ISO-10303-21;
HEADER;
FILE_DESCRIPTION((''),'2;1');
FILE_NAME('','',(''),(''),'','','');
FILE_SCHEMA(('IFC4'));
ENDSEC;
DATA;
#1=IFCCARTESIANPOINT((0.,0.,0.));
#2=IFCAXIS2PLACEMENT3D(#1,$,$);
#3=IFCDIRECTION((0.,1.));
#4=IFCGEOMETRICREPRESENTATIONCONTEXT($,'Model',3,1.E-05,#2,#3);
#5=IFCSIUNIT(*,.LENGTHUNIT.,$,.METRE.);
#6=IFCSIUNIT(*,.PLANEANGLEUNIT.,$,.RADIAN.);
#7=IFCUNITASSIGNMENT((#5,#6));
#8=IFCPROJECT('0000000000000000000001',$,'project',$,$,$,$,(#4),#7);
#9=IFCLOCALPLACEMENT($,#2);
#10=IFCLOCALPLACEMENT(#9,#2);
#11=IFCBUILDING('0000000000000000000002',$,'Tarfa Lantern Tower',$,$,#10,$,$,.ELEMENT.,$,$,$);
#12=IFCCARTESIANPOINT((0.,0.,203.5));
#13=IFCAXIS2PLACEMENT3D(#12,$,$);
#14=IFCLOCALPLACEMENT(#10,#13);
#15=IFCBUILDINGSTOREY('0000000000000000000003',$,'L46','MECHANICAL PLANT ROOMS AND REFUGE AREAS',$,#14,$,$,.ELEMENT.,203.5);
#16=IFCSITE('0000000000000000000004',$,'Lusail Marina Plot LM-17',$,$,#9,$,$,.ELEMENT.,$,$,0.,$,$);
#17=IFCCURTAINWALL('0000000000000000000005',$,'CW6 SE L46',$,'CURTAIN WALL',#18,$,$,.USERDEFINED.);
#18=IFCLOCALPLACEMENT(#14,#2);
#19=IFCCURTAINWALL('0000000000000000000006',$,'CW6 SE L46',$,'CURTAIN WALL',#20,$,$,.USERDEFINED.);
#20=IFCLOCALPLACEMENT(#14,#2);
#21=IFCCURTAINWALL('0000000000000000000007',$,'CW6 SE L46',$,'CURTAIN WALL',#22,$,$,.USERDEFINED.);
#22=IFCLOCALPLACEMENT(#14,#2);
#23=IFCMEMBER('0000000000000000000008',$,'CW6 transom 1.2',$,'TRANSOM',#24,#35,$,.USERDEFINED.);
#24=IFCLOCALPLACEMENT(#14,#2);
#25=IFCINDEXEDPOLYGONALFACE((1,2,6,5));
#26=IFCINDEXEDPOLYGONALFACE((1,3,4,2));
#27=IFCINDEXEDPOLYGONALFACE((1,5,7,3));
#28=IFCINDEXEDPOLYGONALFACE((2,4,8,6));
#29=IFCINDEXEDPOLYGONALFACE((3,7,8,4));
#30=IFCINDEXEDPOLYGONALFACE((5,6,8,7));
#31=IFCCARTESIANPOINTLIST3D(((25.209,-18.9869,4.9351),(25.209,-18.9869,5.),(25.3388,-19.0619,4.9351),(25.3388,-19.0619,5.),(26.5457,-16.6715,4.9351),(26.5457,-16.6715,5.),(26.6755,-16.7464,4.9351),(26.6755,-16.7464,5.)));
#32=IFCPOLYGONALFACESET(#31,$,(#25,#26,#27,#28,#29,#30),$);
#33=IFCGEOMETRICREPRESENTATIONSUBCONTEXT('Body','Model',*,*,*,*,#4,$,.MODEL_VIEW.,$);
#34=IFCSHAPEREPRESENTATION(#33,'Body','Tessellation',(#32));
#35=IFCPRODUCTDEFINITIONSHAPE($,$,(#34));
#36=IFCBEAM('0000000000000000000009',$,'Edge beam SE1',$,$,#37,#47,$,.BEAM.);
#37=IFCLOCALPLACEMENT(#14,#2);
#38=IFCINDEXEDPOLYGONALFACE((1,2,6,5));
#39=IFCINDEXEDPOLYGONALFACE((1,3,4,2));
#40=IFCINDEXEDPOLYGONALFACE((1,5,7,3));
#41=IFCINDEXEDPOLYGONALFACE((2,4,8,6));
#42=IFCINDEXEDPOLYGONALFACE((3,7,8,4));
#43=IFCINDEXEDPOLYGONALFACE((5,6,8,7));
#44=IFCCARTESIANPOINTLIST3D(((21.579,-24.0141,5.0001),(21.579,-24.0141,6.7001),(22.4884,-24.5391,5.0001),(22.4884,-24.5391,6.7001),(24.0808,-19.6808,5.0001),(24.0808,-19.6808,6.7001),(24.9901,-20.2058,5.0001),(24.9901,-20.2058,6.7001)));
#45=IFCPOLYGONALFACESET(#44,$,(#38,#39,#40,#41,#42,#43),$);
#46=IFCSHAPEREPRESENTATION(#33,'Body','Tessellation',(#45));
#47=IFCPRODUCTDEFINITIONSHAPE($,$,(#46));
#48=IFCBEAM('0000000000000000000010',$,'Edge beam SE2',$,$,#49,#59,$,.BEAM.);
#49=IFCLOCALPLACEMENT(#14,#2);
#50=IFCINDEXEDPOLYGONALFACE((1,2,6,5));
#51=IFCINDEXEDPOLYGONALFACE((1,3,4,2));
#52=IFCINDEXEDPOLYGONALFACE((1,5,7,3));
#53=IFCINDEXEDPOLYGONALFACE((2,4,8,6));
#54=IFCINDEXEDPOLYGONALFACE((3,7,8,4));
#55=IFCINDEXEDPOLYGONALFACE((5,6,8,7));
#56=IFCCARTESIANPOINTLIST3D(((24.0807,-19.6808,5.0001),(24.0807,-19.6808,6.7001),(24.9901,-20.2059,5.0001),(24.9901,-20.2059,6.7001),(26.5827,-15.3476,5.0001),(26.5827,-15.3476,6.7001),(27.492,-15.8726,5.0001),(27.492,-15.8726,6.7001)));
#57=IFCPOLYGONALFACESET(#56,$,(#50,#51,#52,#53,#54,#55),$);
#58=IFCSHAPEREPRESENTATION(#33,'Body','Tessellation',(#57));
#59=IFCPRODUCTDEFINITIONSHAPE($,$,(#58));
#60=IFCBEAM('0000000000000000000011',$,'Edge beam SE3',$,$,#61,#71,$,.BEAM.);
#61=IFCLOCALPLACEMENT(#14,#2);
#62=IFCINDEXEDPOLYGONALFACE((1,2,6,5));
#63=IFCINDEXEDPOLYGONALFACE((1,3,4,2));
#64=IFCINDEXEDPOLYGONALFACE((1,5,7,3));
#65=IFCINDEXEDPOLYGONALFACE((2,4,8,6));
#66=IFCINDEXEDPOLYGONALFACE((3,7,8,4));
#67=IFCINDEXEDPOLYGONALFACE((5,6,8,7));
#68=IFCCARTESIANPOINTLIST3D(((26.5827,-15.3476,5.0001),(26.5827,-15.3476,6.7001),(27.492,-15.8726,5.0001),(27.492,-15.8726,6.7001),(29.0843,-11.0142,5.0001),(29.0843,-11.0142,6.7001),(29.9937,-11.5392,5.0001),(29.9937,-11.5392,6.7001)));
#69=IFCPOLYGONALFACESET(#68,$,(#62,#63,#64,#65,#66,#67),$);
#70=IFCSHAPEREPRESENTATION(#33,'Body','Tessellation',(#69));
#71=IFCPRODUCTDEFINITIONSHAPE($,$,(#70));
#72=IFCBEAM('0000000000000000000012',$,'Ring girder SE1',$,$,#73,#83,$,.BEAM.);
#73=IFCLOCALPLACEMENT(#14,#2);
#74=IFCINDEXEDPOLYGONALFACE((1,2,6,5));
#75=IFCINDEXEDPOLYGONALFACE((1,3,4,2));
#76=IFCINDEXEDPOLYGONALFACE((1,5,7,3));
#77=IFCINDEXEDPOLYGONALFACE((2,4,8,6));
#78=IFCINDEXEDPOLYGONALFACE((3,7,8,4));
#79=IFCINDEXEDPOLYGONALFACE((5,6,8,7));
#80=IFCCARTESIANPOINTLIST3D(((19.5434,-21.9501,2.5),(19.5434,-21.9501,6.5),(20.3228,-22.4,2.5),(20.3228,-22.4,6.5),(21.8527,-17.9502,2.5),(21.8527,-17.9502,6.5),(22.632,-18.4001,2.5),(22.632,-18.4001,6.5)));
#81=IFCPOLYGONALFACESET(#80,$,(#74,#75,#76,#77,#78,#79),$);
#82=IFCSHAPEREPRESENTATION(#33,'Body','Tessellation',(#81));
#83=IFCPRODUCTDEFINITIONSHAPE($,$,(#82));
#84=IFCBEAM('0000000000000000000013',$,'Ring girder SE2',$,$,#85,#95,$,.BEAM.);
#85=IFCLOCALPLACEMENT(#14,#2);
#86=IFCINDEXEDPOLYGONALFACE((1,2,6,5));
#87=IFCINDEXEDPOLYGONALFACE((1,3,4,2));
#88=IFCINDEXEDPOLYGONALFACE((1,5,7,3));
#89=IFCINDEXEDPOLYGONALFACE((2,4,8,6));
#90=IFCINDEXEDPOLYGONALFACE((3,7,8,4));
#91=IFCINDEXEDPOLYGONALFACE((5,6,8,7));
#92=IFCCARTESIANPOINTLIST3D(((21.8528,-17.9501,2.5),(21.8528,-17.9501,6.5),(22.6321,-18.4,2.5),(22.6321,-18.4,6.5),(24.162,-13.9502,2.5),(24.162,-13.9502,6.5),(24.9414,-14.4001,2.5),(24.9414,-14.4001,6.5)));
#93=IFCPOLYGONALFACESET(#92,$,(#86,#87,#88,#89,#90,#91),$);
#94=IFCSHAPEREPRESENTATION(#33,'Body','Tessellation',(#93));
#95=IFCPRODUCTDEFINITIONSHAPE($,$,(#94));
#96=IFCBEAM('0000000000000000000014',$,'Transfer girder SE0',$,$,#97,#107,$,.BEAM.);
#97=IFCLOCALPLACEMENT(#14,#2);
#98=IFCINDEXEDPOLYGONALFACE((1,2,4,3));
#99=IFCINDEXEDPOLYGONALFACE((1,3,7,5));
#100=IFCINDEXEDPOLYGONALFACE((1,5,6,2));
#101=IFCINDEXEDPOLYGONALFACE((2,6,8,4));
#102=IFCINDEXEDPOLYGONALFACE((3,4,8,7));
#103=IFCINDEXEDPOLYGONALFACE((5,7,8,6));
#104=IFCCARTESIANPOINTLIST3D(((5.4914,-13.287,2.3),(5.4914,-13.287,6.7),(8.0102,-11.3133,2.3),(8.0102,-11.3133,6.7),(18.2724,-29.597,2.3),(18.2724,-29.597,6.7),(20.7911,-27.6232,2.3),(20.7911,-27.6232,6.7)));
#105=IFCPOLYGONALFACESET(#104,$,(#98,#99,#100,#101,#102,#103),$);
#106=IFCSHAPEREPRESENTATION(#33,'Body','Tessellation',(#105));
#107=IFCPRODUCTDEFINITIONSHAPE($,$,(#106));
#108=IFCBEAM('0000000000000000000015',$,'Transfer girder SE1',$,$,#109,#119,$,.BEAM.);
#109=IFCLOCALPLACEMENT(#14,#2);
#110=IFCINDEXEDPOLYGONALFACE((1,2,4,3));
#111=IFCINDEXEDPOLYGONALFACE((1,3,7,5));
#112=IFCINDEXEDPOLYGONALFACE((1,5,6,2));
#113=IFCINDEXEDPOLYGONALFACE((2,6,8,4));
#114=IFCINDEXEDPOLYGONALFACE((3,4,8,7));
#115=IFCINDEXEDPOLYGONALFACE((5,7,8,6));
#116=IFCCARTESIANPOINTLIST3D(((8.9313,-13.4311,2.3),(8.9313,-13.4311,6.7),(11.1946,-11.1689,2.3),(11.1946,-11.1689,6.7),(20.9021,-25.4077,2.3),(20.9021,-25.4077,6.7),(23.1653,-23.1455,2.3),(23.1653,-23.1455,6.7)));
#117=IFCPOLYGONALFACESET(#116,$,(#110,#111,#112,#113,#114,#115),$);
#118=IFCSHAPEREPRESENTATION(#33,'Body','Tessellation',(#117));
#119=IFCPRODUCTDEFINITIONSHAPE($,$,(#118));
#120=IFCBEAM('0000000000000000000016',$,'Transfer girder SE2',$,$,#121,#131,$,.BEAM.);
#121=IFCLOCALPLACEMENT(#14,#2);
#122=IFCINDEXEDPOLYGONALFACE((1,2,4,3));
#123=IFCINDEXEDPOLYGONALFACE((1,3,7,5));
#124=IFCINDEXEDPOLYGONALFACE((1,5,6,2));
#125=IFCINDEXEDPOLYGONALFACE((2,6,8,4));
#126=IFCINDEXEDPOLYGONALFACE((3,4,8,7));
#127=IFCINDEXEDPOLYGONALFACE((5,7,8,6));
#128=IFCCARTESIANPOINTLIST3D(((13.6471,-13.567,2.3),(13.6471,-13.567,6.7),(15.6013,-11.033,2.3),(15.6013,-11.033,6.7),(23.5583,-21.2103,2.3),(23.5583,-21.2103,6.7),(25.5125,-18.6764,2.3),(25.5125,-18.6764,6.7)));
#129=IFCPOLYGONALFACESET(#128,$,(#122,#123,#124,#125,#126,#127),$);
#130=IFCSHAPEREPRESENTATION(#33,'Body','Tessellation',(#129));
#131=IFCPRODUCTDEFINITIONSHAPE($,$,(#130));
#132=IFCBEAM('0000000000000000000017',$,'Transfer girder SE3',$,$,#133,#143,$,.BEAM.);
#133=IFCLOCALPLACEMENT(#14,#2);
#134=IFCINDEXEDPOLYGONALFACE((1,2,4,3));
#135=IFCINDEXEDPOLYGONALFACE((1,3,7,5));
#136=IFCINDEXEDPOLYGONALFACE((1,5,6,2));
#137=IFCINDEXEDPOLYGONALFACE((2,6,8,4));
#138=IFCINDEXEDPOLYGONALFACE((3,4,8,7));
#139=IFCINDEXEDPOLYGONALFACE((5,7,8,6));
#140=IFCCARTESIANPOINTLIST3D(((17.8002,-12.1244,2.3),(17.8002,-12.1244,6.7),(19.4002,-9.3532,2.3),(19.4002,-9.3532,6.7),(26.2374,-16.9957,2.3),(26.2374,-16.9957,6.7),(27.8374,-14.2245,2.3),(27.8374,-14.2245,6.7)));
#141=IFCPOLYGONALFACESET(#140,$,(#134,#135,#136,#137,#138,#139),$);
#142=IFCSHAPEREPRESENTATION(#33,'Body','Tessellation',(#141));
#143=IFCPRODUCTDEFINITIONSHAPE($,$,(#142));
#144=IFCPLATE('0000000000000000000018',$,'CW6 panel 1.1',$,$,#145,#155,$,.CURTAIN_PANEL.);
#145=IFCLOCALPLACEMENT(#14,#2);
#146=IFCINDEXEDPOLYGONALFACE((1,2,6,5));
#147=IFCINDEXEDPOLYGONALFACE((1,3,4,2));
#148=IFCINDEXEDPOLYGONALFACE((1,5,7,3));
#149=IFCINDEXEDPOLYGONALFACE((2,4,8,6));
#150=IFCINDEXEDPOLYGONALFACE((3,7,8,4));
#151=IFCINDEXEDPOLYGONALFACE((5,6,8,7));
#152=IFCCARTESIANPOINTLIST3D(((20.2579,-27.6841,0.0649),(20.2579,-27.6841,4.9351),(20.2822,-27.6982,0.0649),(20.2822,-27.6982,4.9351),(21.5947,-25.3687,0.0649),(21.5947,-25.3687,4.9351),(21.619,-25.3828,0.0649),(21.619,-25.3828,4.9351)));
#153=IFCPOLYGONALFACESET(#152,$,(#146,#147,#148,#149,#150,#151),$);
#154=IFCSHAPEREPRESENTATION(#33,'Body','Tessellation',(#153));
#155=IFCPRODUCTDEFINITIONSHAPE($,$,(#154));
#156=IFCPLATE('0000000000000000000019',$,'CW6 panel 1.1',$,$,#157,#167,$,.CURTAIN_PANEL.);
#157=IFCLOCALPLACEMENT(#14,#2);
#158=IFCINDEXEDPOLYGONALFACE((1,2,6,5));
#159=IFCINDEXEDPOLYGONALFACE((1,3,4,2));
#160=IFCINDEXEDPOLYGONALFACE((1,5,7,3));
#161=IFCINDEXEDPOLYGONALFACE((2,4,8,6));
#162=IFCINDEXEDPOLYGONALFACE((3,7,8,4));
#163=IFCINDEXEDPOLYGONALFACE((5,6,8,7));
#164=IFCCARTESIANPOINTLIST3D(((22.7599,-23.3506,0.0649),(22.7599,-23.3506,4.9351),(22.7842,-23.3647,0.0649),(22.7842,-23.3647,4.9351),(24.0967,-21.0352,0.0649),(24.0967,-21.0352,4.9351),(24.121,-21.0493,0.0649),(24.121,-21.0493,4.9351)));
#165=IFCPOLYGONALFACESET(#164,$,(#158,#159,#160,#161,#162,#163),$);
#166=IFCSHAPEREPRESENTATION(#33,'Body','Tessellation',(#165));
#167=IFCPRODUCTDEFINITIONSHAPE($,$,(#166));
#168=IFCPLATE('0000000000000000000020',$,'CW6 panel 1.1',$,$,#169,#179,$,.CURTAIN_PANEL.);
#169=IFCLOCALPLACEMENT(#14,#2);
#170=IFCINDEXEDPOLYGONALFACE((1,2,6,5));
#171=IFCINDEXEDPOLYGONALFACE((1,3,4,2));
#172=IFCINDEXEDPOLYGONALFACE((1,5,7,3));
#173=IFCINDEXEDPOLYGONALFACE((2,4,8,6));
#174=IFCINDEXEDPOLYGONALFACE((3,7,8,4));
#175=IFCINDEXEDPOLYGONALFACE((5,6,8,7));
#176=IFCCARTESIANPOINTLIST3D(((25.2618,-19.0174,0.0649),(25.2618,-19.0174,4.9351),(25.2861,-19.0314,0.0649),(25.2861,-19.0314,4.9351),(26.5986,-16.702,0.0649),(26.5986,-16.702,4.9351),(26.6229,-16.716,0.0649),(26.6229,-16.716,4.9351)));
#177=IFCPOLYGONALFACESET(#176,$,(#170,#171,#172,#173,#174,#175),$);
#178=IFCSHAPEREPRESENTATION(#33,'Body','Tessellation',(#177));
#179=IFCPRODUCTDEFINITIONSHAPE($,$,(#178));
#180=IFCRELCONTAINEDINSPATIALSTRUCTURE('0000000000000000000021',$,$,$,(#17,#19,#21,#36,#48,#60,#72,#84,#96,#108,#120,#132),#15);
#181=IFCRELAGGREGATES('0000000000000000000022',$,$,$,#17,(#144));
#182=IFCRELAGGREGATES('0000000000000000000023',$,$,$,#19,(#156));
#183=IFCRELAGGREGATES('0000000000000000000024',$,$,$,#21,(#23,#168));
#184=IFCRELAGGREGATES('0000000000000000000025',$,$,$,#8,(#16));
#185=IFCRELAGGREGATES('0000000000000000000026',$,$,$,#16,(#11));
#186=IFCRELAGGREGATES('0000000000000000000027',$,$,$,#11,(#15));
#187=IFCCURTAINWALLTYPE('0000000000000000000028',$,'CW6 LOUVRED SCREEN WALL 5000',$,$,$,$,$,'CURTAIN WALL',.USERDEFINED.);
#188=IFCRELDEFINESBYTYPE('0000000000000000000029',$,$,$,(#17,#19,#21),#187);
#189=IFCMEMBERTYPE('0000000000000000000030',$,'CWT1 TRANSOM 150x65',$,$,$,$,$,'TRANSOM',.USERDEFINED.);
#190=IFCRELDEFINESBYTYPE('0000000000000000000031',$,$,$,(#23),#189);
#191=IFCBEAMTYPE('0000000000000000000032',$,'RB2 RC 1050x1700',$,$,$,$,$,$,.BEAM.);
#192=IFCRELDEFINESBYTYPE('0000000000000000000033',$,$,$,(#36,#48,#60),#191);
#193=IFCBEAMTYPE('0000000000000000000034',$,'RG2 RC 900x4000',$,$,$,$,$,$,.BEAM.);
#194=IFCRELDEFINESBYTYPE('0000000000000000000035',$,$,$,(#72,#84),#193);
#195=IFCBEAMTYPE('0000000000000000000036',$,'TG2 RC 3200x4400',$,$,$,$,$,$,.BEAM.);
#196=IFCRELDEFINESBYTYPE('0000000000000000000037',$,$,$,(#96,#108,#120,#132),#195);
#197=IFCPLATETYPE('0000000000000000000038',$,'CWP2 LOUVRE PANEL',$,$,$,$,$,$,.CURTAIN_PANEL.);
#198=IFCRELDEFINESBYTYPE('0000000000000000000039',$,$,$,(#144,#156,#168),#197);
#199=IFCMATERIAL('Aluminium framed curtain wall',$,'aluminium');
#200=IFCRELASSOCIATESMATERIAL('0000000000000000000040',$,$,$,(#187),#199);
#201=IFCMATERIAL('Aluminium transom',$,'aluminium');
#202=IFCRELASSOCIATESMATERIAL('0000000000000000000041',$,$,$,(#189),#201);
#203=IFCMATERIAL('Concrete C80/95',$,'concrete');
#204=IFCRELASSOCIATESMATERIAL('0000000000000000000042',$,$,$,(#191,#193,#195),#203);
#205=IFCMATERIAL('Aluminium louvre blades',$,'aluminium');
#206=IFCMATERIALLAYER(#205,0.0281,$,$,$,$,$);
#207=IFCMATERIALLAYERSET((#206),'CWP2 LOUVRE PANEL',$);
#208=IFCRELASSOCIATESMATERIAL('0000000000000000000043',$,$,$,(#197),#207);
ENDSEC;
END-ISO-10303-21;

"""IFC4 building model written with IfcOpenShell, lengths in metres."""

from ifc_helpers import new_model, si_unit, direction, frame, origin, origin_2d, place, context, subcontext, project, spatial, rectangle, extrude, material, layer, layer_set, material_profile, profile_set, type_object, element, aggregate, save


model = new_model("IFC4")

# Units and contexts
model_context = context("Model", 3, precision=1e-05, world=origin(), true_north=direction((0.0, 1.0)))
body_context = subcontext(model_context, "Body", "Model", "MODEL_VIEW")
ifc_project = project(units=[si_unit("LENGTHUNIT", "METRE"), si_unit("PLANEANGLEUNIT", "RADIAN")], contexts=[model_context])

# Site, building, storey
site_placement = place(None, origin())
site = spatial("IfcSite", under=ifc_project, at=site_placement, Name="Lusail Marina Plot LM-17", CompositionType="ELEMENT", RefElevation=0.0)
building_placement = place(site_placement, origin())
building = spatial("IfcBuilding", under=site, at=building_placement, Name="Tarfa Lantern Tower", CompositionType="ELEMENT")
storey_placement = place(building_placement, frame((0.0, 0.0, 203.5)))
storey = spatial("IfcBuildingStorey", under=building, at=storey_placement, Name="L46", Description="MECHANICAL PLANT ROOMS AND REFUGE AREAS", CompositionType="ELEMENT", Elevation=203.5)

# Shared definitions
ifc_material_1 = material(Name="Concrete C80/95", Category="concrete")

# Curtain walls
ifc_material_2 = material(Name="Aluminium framed curtain wall", Category="aluminium")
curtain_wall_type = type_object("IfcCurtainWallType", Name="CW6 LOUVRED SCREEN WALL 5000", ElementType="CURTAIN WALL", PredefinedType="USERDEFINED", material=ifc_material_2)
curtain_wall_1_placement = place(storey_placement, origin())
curtain_wall_1 = element("IfcCurtainWall", 1, at=curtain_wall_1_placement, inside=storey, type_object=curtain_wall_type, Name="CW6 SE L46", ObjectType="CURTAIN WALL", PredefinedType="USERDEFINED")
curtain_wall_2_placement = place(storey_placement, origin())
curtain_wall_2 = element("IfcCurtainWall", 2, at=curtain_wall_2_placement, inside=storey, type_object=curtain_wall_type, Name="CW6 SE L46", ObjectType="CURTAIN WALL", PredefinedType="USERDEFINED")
curtain_wall_3_placement = place(storey_placement, origin())
curtain_wall_3 = element("IfcCurtainWall", 3, at=curtain_wall_3_placement, inside=storey, type_object=curtain_wall_type, Name="CW6 SE L46", ObjectType="CURTAIN WALL", PredefinedType="USERDEFINED")

# Member
ifc_material_3 = material(Name="Aluminium transom", Category="aluminium")
ifc_material_profile_1 = material_profile(ifc_material_3, rectangle(XDim=0.1499, YDim=0.0649, at=origin_2d()), Name="AL TRANSOM 150x65")
ifc_profile_set_1 = profile_set([ifc_material_profile_1], Name="Aluminium transom")
member_type_1 = type_object("IfcMemberType", Name="CWT1 TRANSOM 150x65", ElementType="TRANSOM", PredefinedType="USERDEFINED", material=ifc_profile_set_1)
member_1_placement = place(storey_placement, frame((25.2739, -19.0244, 4.9675), z_axis=(0.49996, 0.866049, 0.0), x_axis=(-0.866049, 0.49996, 0.0)))
member_1 = element("IfcMember", 4, at=member_1_placement, type_object=member_type_1, Name="CW6 transom 1.2", ObjectType="TRANSOM", PredefinedType="USERDEFINED", context=body_context, shape_type="SweptSolid", body=[
    extrude(rectangle(XDim=0.1499, YDim=0.0649, at=origin_2d()), origin(), (0.0, 0.0, 1.0), 2.6736),
])

# Beams
ifc_material_profile_2 = material_profile(ifc_material_1, rectangle(XDim=1.05, YDim=1.7, at=origin_2d()), Name="RC 1050x1700")
ifc_profile_set_2 = profile_set([ifc_material_profile_2], Name="Concrete C80/95")
beam_type_1 = type_object("IfcBeamType", Name="RB2 RC 1050x1700", PredefinedType="BEAM", material=ifc_profile_set_2)
for number, where, z_axis, x_axis, name in (
    (5, (22.0337, -24.2766, 5.8501), (0.499986, 0.866034, 0.0), (-0.866034, 0.499986, 0.0), "Edge beam SE1"),
    (6, (24.5354, -19.9434, 5.8501), (0.500022, 0.866013, 0.0), (-0.866013, 0.500022, 0.0), "Edge beam SE2"),
    (7, (27.0374, -15.6101, 5.8501), (0.499965, 0.866046, 0.0), (-0.866046, 0.499965, 0.0), "Edge beam SE3"),
):
    element("IfcBeam", number, at=place(storey_placement, frame(where, z_axis=z_axis, x_axis=x_axis)), inside=storey, type_object=beam_type_1, Name=name, PredefinedType="BEAM", context=body_context, shape_type="SweptSolid", body=[
        extrude(rectangle(XDim=1.05, YDim=1.7, at=origin_2d()), origin(), (0.0, 0.0, 1.0), 5.0037),
    ])
ifc_material_profile_3 = material_profile(ifc_material_1, rectangle(XDim=0.8999, YDim=4.0, at=origin_2d()), Name="RC 900x4000")
ifc_profile_set_3 = profile_set([ifc_material_profile_3], Name="Concrete C80/95")
beam_type_2 = type_object("IfcBeamType", Name="RG2 RC 900x4000", PredefinedType="BEAM", material=ifc_profile_set_3)
for number, where, z_axis, x_axis, name in (
    (8, (19.9331, -22.175, 4.5), (0.499988, 0.866032, 0.0), (-0.866032, 0.499988, 0.0), "Ring girder SE1"),
    (9, (22.2424, -18.175, 4.5), (0.499988, 0.866032, 0.0), (-0.866032, 0.499988, 0.0), "Ring girder SE2"),
):
    element("IfcBeam", number, at=place(storey_placement, frame(where, z_axis=z_axis, x_axis=x_axis)), inside=storey, type_object=beam_type_2, Name=name, PredefinedType="BEAM", context=body_context, shape_type="SweptSolid", body=[
        extrude(rectangle(XDim=0.8999, YDim=4.0, at=origin_2d()), origin(), (0.0, 0.0, 1.0), 4.6187),
    ])
ifc_material_profile_4 = material_profile(ifc_material_1, rectangle(XDim=3.2, YDim=4.3999, at=origin_2d()), Name="RC 3200x4400")
ifc_profile_set_4 = profile_set([ifc_material_profile_4], Name="Concrete C80/95")
beam_type_3 = type_object("IfcBeamType", Name="TG2 RC 3200x4400", PredefinedType="BEAM", material=ifc_profile_set_4)
beam_1_placement = place(storey_placement, frame((19.5317, -28.6101, 4.5), z_axis=(-0.616805, 0.787116, 0.0), x_axis=(-0.787116, -0.616805, 0.0)))
element("IfcBeam", 10, at=beam_1_placement, inside=storey, type_object=beam_type_3, Name="Transfer girder SE0", PredefinedType="BEAM", context=body_context, shape_type="SweptSolid", body=[
    extrude(rectangle(XDim=3.2, YDim=4.3999, at=origin_2d()), origin(), (0.0, 0.0, 1.0), 20.7212),
])
beam_2_placement = place(storey_placement, frame((22.0337, -24.2766, 4.5), z_axis=(-0.706934, 0.70728, 0.0), x_axis=(-0.70728, -0.706934, 0.0)))
element("IfcBeam", 11, at=beam_2_placement, inside=storey, type_object=beam_type_3, Name="Transfer girder SE1", PredefinedType="BEAM", context=body_context, shape_type="SweptSolid", body=[
    extrude(rectangle(XDim=3.2, YDim=4.3999, at=origin_2d()), origin(), (0.0, 0.0, 1.0), 16.9333),
])
beam_3_placement = place(storey_placement, frame((24.5354, -19.9434, 4.5), z_axis=(-0.791876, 0.610682, 0.0), x_axis=(-0.610682, -0.791876, 0.0)))
element("IfcBeam", 12, at=beam_3_placement, inside=storey, type_object=beam_type_3, Name="Transfer girder SE2", PredefinedType="BEAM", context=body_context, shape_type="SweptSolid", body=[
    extrude(rectangle(XDim=3.2, YDim=4.3999, at=origin_2d()), origin(), (0.0, 0.0, 1.0), 12.5161),
])
beam_4_placement = place(storey_placement, frame((27.0374, -15.6101, 4.5), z_axis=(-0.866022, 0.500007, 0.0), x_axis=(-0.500007, -0.866022, 0.0)))
element("IfcBeam", 13, at=beam_4_placement, inside=storey, type_object=beam_type_3, Name="Transfer girder SE3", PredefinedType="BEAM", context=body_context, shape_type="SweptSolid", body=[
    extrude(rectangle(XDim=3.2, YDim=4.3999, at=origin_2d()), origin(), (0.0, 0.0, 1.0), 9.7424),
])

# Plates
ifc_material_4 = material(Name="Aluminium louvre blades", Category="aluminium")
ifc_layer = layer(ifc_material_4, 0.0281)
ifc_layer_set = layer_set([ifc_layer], Name="CWP2 LOUVRE PANEL")
plate_type = type_object("IfcPlateType", Name="CWP2 LOUVRE PANEL", PredefinedType="CURTAIN_PANEL", material=ifc_layer_set)
plate_1_placement = place(storey_placement, frame((20.9385, -26.5334, 0.0649), z_axis=(0.0, 0.0, 1.0), x_axis=(0.5, 0.866025, 0.0)))
plate_1 = element("IfcPlate", 14, at=plate_1_placement, type_object=plate_type, Name="CW6 panel 1.1", PredefinedType="CURTAIN_PANEL", context=body_context, shape_type="SweptSolid", body=[
    extrude(rectangle(XDim=2.6736, YDim=0.0281, at=origin_2d()), origin(), (0.0, 0.0, 1.0), 4.8701),
])
aggregate(curtain_wall_1, [plate_1])
plate_2_placement = place(storey_placement, frame((23.4404, -22.2, 0.0649), z_axis=(0.0, 0.0, 1.0), x_axis=(0.5, 0.866025, 0.0)))
plate_2 = element("IfcPlate", 15, at=plate_2_placement, type_object=plate_type, Name="CW6 panel 1.1", PredefinedType="CURTAIN_PANEL", context=body_context, shape_type="SweptSolid", body=[
    extrude(rectangle(XDim=2.6736, YDim=0.0281, at=origin_2d()), origin(), (0.0, 0.0, 1.0), 4.8701),
])
aggregate(curtain_wall_2, [plate_2])
plate_3_placement = place(storey_placement, frame((25.9424, -17.8667, 0.0649), z_axis=(0.0, 0.0, 1.0), x_axis=(0.5, 0.866025, 0.0)))
plate_3 = element("IfcPlate", 16, at=plate_3_placement, type_object=plate_type, Name="CW6 panel 1.1", PredefinedType="CURTAIN_PANEL", context=body_context, shape_type="SweptSolid", body=[
    extrude(rectangle(XDim=2.6736, YDim=0.0281, at=origin_2d()), origin(), (0.0, 0.0, 1.0), 4.8701),
])
aggregate(curtain_wall_3, [member_1, plate_3])

save(model, "model.ifc")
